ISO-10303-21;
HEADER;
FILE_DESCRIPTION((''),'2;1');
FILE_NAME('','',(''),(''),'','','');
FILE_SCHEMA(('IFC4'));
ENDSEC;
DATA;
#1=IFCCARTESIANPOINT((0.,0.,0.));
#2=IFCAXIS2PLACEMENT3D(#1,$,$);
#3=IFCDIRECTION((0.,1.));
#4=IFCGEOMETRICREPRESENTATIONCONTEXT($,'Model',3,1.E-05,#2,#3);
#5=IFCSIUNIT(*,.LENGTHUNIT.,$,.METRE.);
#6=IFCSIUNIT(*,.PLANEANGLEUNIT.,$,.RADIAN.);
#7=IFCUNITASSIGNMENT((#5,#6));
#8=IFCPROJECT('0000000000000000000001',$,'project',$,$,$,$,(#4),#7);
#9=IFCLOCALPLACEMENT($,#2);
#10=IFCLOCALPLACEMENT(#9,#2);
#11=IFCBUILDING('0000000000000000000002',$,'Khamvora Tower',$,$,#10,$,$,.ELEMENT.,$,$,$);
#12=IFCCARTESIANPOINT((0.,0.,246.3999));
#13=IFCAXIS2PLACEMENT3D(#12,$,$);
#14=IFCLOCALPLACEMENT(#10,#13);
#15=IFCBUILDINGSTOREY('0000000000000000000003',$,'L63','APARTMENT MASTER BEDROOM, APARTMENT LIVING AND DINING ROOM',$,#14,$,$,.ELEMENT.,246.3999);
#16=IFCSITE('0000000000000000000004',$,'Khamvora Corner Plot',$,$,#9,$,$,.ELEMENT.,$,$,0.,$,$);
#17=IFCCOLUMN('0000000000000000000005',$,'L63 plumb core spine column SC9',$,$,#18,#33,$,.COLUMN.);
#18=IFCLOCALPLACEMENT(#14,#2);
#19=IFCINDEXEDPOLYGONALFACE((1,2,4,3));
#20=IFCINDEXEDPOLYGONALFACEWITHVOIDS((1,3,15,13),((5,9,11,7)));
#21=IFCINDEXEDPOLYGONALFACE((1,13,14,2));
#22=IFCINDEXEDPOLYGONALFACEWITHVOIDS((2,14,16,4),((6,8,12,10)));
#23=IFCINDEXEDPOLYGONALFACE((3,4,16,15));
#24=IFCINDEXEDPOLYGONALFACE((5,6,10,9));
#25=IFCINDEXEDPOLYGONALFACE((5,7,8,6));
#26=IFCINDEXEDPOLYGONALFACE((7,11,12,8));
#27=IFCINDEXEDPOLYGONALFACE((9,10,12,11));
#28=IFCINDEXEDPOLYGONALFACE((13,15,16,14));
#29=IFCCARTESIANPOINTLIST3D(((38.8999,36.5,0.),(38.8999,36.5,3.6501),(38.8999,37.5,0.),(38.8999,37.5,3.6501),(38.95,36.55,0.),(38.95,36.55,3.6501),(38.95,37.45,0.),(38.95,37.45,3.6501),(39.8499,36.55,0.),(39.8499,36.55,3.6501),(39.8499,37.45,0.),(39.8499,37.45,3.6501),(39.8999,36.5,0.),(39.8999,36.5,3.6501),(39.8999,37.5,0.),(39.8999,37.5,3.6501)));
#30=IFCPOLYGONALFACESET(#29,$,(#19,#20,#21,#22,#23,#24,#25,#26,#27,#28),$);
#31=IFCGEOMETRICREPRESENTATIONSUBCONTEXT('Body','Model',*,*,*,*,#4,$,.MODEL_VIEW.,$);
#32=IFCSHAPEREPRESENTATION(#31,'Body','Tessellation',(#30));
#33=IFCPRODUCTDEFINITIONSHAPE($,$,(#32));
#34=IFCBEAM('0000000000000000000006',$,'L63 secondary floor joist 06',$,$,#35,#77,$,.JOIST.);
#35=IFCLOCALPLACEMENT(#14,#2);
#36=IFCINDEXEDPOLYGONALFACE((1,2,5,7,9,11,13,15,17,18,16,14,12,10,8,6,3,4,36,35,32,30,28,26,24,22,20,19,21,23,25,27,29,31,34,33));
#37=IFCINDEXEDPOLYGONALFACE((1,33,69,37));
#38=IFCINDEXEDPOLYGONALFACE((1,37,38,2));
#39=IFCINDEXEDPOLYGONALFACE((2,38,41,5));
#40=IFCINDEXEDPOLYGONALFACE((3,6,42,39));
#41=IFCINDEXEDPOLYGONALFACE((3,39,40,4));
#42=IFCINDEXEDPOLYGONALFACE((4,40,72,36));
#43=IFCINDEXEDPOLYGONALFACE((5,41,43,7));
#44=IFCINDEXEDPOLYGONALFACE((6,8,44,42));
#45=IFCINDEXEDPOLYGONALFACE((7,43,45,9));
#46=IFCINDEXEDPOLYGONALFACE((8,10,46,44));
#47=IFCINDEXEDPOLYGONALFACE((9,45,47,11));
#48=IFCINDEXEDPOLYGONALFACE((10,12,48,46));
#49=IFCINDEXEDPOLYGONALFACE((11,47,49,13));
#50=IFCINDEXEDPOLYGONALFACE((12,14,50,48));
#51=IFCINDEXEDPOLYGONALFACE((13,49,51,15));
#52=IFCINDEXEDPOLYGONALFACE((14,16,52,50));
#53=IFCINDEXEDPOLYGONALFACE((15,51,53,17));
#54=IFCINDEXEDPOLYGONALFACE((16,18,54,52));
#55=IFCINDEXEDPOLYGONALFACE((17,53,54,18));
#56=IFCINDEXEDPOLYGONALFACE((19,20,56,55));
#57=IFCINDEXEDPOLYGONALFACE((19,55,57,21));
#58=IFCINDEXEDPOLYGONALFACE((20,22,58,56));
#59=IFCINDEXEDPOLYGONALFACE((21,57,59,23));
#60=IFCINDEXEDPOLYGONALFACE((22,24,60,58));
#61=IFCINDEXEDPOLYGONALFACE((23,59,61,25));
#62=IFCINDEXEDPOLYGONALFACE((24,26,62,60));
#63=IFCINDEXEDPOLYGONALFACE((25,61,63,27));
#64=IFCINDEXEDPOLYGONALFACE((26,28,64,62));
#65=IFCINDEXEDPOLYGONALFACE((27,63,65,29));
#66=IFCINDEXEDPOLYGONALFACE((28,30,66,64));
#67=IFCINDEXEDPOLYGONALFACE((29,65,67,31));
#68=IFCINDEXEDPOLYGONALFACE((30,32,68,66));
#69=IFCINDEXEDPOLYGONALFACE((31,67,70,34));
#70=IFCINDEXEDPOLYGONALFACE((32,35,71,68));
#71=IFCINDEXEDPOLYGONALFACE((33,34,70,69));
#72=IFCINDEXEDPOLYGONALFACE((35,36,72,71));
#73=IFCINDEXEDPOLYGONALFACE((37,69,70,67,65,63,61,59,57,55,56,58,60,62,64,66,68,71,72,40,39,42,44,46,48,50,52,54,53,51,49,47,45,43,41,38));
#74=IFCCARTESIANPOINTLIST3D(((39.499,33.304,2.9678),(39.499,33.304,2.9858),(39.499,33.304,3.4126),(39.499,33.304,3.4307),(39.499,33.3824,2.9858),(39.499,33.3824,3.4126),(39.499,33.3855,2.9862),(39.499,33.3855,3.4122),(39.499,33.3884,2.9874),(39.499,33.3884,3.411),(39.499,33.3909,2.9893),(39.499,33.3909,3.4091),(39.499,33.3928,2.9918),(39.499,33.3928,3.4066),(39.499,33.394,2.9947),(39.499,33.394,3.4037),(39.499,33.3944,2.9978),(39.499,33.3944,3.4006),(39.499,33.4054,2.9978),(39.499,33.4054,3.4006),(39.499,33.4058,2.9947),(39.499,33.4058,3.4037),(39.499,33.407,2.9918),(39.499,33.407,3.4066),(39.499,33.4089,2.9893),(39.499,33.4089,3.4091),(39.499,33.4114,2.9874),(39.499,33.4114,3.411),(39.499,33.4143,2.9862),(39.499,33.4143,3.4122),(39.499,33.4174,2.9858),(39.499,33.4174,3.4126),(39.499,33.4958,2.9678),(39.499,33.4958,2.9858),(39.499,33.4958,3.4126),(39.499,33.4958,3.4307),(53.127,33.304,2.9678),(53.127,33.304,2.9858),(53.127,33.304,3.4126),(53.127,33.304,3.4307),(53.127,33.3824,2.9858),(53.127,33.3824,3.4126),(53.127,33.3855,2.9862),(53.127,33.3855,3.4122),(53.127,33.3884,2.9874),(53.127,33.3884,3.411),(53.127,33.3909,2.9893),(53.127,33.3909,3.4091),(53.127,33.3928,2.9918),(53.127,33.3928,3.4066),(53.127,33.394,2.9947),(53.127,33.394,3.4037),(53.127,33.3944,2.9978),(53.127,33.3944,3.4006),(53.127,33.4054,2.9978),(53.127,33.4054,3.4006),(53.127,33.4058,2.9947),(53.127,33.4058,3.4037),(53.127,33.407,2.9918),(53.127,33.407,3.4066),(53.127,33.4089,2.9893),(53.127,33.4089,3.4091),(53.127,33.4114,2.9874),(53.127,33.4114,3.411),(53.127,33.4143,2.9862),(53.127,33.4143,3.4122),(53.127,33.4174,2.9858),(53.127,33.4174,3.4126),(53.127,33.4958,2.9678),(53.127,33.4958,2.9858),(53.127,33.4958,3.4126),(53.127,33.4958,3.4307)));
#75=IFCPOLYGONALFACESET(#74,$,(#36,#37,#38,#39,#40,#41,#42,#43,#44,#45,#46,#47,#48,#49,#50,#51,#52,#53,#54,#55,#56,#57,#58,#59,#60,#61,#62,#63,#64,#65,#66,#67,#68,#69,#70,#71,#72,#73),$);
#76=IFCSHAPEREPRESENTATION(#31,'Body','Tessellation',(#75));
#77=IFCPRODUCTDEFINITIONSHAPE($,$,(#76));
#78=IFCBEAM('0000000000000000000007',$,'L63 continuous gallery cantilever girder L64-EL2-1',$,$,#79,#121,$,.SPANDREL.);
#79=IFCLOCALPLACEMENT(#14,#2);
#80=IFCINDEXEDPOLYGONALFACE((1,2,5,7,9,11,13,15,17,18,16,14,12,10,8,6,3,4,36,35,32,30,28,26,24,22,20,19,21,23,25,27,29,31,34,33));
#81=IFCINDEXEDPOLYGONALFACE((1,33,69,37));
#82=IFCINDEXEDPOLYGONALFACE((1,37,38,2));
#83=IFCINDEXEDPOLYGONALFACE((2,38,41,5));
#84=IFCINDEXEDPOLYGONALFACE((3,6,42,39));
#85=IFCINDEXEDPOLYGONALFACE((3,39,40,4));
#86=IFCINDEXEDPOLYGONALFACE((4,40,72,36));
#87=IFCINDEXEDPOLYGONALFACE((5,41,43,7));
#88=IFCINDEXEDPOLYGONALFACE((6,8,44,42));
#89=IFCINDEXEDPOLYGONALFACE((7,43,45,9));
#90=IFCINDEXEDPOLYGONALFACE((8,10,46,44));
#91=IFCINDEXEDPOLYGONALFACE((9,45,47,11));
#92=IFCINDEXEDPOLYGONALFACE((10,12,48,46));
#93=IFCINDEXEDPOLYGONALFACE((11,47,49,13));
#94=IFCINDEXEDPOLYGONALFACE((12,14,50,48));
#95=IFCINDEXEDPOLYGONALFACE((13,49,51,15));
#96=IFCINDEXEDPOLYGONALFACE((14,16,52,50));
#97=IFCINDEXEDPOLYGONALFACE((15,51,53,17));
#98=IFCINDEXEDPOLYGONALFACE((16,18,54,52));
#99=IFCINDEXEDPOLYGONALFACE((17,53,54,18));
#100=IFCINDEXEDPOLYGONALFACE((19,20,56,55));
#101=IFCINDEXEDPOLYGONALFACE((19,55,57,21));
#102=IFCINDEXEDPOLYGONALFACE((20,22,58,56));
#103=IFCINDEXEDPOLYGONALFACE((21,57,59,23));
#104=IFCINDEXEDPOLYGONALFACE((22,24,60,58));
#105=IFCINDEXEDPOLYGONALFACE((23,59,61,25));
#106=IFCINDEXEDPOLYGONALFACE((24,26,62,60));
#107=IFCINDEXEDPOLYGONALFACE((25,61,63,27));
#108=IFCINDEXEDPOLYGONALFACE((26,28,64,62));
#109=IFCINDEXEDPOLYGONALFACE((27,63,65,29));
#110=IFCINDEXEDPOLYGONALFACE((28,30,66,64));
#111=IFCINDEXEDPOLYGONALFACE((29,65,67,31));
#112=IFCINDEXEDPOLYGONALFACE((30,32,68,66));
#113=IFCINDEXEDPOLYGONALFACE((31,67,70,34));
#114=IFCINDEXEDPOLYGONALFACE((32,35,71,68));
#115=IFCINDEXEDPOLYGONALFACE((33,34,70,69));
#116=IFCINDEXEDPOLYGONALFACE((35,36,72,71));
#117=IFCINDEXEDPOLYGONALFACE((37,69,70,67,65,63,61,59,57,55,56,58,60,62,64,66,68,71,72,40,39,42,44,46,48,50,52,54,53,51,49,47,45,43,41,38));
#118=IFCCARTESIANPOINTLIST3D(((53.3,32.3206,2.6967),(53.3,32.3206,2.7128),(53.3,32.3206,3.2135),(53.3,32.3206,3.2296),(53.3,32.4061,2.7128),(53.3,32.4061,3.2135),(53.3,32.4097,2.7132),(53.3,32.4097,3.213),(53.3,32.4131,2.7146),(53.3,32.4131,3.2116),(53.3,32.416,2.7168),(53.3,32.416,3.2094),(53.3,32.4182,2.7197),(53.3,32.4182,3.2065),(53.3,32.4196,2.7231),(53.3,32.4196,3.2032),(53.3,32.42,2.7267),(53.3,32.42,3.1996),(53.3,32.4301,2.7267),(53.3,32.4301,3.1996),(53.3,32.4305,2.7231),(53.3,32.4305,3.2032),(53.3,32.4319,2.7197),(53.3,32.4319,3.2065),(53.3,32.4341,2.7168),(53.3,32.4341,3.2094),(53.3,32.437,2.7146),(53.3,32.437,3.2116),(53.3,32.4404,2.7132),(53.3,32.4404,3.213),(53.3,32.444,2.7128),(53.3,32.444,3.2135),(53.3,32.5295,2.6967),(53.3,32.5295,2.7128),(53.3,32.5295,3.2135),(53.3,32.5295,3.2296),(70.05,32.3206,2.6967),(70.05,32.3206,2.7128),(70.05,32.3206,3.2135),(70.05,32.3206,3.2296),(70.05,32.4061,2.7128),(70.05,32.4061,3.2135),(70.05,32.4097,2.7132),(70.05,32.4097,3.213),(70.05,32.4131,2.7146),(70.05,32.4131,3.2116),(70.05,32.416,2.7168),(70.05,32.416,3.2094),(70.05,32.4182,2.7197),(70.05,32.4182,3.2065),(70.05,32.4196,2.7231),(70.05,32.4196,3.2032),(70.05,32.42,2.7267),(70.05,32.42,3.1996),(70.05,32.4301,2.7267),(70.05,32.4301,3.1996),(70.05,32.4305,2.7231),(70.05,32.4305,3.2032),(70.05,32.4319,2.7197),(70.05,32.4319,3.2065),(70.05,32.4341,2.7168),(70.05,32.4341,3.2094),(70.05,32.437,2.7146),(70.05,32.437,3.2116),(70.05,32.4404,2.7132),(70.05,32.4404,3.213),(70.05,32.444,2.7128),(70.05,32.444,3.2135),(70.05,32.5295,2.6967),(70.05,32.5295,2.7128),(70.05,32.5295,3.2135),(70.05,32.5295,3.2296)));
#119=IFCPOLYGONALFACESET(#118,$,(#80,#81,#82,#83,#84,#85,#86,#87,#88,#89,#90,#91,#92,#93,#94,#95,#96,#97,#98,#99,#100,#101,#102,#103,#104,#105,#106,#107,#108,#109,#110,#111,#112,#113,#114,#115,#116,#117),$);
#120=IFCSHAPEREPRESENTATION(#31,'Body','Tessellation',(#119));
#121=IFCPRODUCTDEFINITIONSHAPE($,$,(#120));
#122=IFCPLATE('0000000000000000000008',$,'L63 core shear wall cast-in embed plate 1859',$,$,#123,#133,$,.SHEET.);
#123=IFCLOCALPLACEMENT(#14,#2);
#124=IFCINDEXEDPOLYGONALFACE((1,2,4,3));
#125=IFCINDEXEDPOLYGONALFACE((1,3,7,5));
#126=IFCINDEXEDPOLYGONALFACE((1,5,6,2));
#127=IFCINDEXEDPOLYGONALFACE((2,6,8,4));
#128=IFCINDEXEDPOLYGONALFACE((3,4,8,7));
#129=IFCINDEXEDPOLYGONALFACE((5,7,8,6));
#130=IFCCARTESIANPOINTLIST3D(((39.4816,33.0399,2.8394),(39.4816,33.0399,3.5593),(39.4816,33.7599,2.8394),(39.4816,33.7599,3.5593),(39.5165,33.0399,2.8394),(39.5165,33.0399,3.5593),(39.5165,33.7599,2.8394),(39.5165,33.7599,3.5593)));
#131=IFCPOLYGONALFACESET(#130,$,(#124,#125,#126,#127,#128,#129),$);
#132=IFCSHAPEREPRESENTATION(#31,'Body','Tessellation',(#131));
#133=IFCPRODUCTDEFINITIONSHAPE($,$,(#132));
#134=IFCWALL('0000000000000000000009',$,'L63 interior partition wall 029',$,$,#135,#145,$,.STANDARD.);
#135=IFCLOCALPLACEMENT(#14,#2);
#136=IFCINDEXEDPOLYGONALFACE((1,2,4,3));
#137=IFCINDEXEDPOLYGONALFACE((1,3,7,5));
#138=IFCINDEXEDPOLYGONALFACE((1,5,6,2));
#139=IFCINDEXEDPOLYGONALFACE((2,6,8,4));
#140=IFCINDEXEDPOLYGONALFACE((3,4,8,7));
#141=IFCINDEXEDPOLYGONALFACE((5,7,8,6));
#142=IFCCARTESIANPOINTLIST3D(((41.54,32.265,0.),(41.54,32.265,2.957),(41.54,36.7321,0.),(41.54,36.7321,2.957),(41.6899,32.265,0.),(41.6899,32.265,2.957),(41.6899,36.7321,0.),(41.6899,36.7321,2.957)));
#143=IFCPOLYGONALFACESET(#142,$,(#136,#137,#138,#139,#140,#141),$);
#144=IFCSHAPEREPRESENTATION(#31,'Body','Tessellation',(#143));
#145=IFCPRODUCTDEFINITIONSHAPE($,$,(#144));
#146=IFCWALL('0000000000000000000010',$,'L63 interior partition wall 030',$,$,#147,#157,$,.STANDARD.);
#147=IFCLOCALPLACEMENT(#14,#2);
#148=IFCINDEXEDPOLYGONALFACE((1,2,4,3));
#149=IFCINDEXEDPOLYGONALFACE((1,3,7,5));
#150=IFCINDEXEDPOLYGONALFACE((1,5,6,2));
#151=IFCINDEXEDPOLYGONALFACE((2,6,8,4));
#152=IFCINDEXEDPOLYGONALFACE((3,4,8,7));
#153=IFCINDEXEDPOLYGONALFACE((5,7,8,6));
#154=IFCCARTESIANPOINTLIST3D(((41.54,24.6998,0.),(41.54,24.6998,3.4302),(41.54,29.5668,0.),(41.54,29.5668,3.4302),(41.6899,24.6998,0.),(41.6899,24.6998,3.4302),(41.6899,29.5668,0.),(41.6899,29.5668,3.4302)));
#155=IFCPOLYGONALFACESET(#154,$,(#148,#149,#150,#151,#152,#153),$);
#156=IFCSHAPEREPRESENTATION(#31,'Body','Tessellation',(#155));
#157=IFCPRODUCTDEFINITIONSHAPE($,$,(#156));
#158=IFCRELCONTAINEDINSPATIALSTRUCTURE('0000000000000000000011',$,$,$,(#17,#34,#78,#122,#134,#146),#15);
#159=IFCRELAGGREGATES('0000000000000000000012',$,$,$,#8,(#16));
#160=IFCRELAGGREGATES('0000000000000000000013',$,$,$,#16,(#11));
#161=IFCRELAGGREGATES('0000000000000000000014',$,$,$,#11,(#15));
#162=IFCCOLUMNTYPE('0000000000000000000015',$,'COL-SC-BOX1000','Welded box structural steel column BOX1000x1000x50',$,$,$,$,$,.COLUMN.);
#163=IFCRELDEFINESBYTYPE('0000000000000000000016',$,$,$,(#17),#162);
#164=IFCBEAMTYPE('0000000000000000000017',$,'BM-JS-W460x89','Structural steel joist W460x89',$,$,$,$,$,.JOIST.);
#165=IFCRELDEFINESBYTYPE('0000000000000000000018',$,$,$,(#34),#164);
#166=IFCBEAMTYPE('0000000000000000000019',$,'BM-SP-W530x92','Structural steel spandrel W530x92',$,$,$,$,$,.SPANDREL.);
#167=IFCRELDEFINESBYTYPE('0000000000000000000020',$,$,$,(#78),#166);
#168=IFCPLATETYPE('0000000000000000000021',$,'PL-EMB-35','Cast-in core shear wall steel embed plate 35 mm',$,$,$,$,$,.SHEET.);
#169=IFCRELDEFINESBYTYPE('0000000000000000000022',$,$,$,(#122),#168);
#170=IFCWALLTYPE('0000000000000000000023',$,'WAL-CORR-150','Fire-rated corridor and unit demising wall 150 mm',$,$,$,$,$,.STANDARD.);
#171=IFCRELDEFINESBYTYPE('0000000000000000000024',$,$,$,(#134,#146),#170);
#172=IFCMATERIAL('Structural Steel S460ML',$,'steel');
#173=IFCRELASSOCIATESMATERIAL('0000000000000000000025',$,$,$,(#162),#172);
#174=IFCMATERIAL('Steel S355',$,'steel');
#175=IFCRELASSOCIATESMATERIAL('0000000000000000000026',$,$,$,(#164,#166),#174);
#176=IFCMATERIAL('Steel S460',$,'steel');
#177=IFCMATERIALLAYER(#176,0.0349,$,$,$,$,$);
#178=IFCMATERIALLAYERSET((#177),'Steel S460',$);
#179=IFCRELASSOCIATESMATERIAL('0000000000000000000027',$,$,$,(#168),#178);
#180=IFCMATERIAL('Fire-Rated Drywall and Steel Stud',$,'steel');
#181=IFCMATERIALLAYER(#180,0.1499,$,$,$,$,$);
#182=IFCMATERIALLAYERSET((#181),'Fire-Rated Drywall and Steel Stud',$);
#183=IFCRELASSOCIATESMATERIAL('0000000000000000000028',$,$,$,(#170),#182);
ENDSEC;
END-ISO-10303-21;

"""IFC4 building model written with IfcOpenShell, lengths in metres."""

from ifc_helpers import new_model, si_unit, direction, frame, frame_2d, origin, origin_2d, place, context, subcontext, project, spatial, rectangle, hollow_rectangle, i_section, extrude, material, layer, layer_set, material_profile, profile_set, type_object, element, save


model = new_model("IFC4")

# Units and contexts
model_context = context("Model", 3, precision=1e-05, world=origin(), true_north=direction((0.0, 1.0)))
body_context = subcontext(model_context, "Body", "Model", "MODEL_VIEW")
ifc_project = project(units=[si_unit("LENGTHUNIT", "METRE"), si_unit("PLANEANGLEUNIT", "RADIAN")], contexts=[model_context])

# Site, building, storey
site_placement = place(None, origin())
site = spatial("IfcSite", under=ifc_project, at=site_placement, Name="Khamvora Corner Plot", CompositionType="ELEMENT", RefElevation=0.0)
building_placement = place(site_placement, origin())
building = spatial("IfcBuilding", under=site, at=building_placement, Name="Khamvora Tower", CompositionType="ELEMENT")
storey_placement = place(building_placement, frame((0.0, 0.0, 246.3999)))
storey = spatial("IfcBuildingStorey", under=building, at=storey_placement, Name="L63", Description="APARTMENT MASTER BEDROOM, APARTMENT LIVING AND DINING ROOM", CompositionType="ELEMENT", Elevation=246.3999)

# Column
ifc_material_1 = material(Name="Structural Steel S460ML", Category="steel")
ifc_material_profile_1 = material_profile(ifc_material_1, hollow_rectangle(XDim=1.0, YDim=1.0, WallThickness=0.05, at=origin_2d()), Name="BOX1000x1000x50")
ifc_profile_set_1 = profile_set([ifc_material_profile_1], Name="Structural Steel S460ML")
column_type = type_object("IfcColumnType", Name="COL-SC-BOX1000", Description="Welded box structural steel column BOX1000x1000x50", PredefinedType="COLUMN", material=ifc_profile_set_1)
column_placement = place(storey_placement, frame((39.3999, 37.0, 0.0), z_axis=(0.0, 0.0, 1.0), x_axis=(1.0, 0.0, 0.0)))
element("IfcColumn", 1, at=column_placement, inside=storey, type_object=column_type, Name="L63 plumb core spine column SC9", PredefinedType="COLUMN", context=body_context, shape_type="SweptSolid", body=[
    extrude(hollow_rectangle(XDim=1.0, YDim=1.0, WallThickness=0.05, at=origin_2d()), origin(), (0.0, 0.0, 1.0), 3.6501),
])

# Beams
ifc_material_2 = material(Name="Steel S355", Category="steel")
ifc_material_profile_2 = material_profile(ifc_material_2, i_section(OverallWidth=0.1919, OverallDepth=0.4629, WebThickness=0.011, FlangeThickness=0.0181, FilletRadius=0.012, at=origin_2d()), Name="W460x89")
ifc_profile_set_2 = profile_set([ifc_material_profile_2], Name="Steel S355")
beam_type_1 = type_object("IfcBeamType", Name="BM-JS-W460x89", Description="Structural steel joist W460x89", PredefinedType="JOIST", material=ifc_profile_set_2)
beam_1_placement = place(storey_placement, frame((39.499, 33.3999, 3.1992), z_axis=(1.0, 0.0, 0.0), x_axis=(0.0, 1.0, 0.0)))
element("IfcBeam", 2, at=beam_1_placement, inside=storey, type_object=beam_type_1, Name="L63 secondary floor joist 06", PredefinedType="JOIST", context=body_context, shape_type="SweptSolid", body=[
    extrude(i_section(OverallWidth=0.1919, OverallDepth=0.4629, WebThickness=0.011, FlangeThickness=0.0181, FilletRadius=0.012, at=origin_2d()), origin(), (0.0, 0.0, 1.0), 13.6279),
])
ifc_material_profile_3 = material_profile(ifc_material_2, i_section(OverallWidth=0.209, OverallDepth=0.533, WebThickness=0.01, FlangeThickness=0.0161, FilletRadius=0.0139, at=origin_2d()), Name="W530x92")
ifc_profile_set_3 = profile_set([ifc_material_profile_3], Name="Steel S355")
beam_type_2 = type_object("IfcBeamType", Name="BM-SP-W530x92", Description="Structural steel spandrel W530x92", PredefinedType="SPANDREL", material=ifc_profile_set_3)
beam_2_placement = place(storey_placement, frame((53.3, 32.425, 2.9631), z_axis=(1.0, 0.0, 0.0), x_axis=(0.0, 1.0, 0.0)))
element("IfcBeam", 3, at=beam_2_placement, inside=storey, type_object=beam_type_2, Name="L63 continuous gallery cantilever girder L64-EL2-1", PredefinedType="SPANDREL", context=body_context, shape_type="SweptSolid", body=[
    extrude(i_section(OverallWidth=0.209, OverallDepth=0.533, WebThickness=0.01, FlangeThickness=0.0161, FilletRadius=0.0139, at=origin_2d()), origin(), (0.0, 0.0, 1.0), 16.75),
])

# Plate
ifc_material_3 = material(Name="Steel S460", Category="steel")
ifc_layer_1 = layer(ifc_material_3, 0.0349)
ifc_layer_set_1 = layer_set([ifc_layer_1], Name="Steel S460")
plate_type = type_object("IfcPlateType", Name="PL-EMB-35", Description="Cast-in core shear wall steel embed plate 35 mm", PredefinedType="SHEET", material=ifc_layer_set_1)
plate_placement = place(storey_placement, frame((39.499, 33.3999, 2.8394), z_axis=(0.0, 0.0, 1.0), x_axis=(1.0, 0.0, 0.0)))
element("IfcPlate", 4, at=plate_placement, inside=storey, type_object=plate_type, Name="L63 core shear wall cast-in embed plate 1859", PredefinedType="SHEET", context=body_context, shape_type="SweptSolid", body=[
    extrude(rectangle(XDim=0.0349, YDim=0.72, at=origin_2d()), origin(), (0.0, 0.0, 1.0), 0.72),
])

# Shared definitions
ifc_material_4 = material(Name="Fire-Rated Drywall and Steel Stud", Category="steel")
ifc_layer_2 = layer(ifc_material_4, 0.1499)
ifc_layer_set_2 = layer_set([ifc_layer_2], Name="Fire-Rated Drywall and Steel Stud")
wall_type_1 = type_object("IfcWallType", Name="WAL-CORR-150", Description="Fire-rated corridor and unit demising wall 150 mm", PredefinedType="STANDARD", material=ifc_layer_set_2)

# Walls
wall_1_placement = place(storey_placement, frame((41.615, 36.7319, 0.0), z_axis=(0.0, 0.0, 1.0), x_axis=(0.0, -1.0, 0.0)))
element("IfcWall", 5, at=wall_1_placement, inside=storey, type_object=wall_type_1, Name="L63 interior partition wall 029", PredefinedType="STANDARD", context=body_context, shape_type="SweptSolid", body=[
    extrude(rectangle(XDim=4.467, YDim=0.1499, at=frame_2d((2.2334, 0.0))), origin(), (0.0, 0.0, 1.0), 2.957),
])
wall_2_placement = place(storey_placement, frame((41.615, 29.5669, 0.0), z_axis=(0.0, 0.0, 1.0), x_axis=(0.0, -1.0, 0.0)))
element("IfcWall", 6, at=wall_2_placement, inside=storey, type_object=wall_type_1, Name="L63 interior partition wall 030", PredefinedType="STANDARD", context=body_context, shape_type="SweptSolid", body=[
    extrude(rectangle(XDim=4.8669, YDim=0.1499, at=frame_2d((2.4336, 0.0))), origin(), (0.0, 0.0, 1.0), 3.4302),
])

save(model, "model.ifc")
